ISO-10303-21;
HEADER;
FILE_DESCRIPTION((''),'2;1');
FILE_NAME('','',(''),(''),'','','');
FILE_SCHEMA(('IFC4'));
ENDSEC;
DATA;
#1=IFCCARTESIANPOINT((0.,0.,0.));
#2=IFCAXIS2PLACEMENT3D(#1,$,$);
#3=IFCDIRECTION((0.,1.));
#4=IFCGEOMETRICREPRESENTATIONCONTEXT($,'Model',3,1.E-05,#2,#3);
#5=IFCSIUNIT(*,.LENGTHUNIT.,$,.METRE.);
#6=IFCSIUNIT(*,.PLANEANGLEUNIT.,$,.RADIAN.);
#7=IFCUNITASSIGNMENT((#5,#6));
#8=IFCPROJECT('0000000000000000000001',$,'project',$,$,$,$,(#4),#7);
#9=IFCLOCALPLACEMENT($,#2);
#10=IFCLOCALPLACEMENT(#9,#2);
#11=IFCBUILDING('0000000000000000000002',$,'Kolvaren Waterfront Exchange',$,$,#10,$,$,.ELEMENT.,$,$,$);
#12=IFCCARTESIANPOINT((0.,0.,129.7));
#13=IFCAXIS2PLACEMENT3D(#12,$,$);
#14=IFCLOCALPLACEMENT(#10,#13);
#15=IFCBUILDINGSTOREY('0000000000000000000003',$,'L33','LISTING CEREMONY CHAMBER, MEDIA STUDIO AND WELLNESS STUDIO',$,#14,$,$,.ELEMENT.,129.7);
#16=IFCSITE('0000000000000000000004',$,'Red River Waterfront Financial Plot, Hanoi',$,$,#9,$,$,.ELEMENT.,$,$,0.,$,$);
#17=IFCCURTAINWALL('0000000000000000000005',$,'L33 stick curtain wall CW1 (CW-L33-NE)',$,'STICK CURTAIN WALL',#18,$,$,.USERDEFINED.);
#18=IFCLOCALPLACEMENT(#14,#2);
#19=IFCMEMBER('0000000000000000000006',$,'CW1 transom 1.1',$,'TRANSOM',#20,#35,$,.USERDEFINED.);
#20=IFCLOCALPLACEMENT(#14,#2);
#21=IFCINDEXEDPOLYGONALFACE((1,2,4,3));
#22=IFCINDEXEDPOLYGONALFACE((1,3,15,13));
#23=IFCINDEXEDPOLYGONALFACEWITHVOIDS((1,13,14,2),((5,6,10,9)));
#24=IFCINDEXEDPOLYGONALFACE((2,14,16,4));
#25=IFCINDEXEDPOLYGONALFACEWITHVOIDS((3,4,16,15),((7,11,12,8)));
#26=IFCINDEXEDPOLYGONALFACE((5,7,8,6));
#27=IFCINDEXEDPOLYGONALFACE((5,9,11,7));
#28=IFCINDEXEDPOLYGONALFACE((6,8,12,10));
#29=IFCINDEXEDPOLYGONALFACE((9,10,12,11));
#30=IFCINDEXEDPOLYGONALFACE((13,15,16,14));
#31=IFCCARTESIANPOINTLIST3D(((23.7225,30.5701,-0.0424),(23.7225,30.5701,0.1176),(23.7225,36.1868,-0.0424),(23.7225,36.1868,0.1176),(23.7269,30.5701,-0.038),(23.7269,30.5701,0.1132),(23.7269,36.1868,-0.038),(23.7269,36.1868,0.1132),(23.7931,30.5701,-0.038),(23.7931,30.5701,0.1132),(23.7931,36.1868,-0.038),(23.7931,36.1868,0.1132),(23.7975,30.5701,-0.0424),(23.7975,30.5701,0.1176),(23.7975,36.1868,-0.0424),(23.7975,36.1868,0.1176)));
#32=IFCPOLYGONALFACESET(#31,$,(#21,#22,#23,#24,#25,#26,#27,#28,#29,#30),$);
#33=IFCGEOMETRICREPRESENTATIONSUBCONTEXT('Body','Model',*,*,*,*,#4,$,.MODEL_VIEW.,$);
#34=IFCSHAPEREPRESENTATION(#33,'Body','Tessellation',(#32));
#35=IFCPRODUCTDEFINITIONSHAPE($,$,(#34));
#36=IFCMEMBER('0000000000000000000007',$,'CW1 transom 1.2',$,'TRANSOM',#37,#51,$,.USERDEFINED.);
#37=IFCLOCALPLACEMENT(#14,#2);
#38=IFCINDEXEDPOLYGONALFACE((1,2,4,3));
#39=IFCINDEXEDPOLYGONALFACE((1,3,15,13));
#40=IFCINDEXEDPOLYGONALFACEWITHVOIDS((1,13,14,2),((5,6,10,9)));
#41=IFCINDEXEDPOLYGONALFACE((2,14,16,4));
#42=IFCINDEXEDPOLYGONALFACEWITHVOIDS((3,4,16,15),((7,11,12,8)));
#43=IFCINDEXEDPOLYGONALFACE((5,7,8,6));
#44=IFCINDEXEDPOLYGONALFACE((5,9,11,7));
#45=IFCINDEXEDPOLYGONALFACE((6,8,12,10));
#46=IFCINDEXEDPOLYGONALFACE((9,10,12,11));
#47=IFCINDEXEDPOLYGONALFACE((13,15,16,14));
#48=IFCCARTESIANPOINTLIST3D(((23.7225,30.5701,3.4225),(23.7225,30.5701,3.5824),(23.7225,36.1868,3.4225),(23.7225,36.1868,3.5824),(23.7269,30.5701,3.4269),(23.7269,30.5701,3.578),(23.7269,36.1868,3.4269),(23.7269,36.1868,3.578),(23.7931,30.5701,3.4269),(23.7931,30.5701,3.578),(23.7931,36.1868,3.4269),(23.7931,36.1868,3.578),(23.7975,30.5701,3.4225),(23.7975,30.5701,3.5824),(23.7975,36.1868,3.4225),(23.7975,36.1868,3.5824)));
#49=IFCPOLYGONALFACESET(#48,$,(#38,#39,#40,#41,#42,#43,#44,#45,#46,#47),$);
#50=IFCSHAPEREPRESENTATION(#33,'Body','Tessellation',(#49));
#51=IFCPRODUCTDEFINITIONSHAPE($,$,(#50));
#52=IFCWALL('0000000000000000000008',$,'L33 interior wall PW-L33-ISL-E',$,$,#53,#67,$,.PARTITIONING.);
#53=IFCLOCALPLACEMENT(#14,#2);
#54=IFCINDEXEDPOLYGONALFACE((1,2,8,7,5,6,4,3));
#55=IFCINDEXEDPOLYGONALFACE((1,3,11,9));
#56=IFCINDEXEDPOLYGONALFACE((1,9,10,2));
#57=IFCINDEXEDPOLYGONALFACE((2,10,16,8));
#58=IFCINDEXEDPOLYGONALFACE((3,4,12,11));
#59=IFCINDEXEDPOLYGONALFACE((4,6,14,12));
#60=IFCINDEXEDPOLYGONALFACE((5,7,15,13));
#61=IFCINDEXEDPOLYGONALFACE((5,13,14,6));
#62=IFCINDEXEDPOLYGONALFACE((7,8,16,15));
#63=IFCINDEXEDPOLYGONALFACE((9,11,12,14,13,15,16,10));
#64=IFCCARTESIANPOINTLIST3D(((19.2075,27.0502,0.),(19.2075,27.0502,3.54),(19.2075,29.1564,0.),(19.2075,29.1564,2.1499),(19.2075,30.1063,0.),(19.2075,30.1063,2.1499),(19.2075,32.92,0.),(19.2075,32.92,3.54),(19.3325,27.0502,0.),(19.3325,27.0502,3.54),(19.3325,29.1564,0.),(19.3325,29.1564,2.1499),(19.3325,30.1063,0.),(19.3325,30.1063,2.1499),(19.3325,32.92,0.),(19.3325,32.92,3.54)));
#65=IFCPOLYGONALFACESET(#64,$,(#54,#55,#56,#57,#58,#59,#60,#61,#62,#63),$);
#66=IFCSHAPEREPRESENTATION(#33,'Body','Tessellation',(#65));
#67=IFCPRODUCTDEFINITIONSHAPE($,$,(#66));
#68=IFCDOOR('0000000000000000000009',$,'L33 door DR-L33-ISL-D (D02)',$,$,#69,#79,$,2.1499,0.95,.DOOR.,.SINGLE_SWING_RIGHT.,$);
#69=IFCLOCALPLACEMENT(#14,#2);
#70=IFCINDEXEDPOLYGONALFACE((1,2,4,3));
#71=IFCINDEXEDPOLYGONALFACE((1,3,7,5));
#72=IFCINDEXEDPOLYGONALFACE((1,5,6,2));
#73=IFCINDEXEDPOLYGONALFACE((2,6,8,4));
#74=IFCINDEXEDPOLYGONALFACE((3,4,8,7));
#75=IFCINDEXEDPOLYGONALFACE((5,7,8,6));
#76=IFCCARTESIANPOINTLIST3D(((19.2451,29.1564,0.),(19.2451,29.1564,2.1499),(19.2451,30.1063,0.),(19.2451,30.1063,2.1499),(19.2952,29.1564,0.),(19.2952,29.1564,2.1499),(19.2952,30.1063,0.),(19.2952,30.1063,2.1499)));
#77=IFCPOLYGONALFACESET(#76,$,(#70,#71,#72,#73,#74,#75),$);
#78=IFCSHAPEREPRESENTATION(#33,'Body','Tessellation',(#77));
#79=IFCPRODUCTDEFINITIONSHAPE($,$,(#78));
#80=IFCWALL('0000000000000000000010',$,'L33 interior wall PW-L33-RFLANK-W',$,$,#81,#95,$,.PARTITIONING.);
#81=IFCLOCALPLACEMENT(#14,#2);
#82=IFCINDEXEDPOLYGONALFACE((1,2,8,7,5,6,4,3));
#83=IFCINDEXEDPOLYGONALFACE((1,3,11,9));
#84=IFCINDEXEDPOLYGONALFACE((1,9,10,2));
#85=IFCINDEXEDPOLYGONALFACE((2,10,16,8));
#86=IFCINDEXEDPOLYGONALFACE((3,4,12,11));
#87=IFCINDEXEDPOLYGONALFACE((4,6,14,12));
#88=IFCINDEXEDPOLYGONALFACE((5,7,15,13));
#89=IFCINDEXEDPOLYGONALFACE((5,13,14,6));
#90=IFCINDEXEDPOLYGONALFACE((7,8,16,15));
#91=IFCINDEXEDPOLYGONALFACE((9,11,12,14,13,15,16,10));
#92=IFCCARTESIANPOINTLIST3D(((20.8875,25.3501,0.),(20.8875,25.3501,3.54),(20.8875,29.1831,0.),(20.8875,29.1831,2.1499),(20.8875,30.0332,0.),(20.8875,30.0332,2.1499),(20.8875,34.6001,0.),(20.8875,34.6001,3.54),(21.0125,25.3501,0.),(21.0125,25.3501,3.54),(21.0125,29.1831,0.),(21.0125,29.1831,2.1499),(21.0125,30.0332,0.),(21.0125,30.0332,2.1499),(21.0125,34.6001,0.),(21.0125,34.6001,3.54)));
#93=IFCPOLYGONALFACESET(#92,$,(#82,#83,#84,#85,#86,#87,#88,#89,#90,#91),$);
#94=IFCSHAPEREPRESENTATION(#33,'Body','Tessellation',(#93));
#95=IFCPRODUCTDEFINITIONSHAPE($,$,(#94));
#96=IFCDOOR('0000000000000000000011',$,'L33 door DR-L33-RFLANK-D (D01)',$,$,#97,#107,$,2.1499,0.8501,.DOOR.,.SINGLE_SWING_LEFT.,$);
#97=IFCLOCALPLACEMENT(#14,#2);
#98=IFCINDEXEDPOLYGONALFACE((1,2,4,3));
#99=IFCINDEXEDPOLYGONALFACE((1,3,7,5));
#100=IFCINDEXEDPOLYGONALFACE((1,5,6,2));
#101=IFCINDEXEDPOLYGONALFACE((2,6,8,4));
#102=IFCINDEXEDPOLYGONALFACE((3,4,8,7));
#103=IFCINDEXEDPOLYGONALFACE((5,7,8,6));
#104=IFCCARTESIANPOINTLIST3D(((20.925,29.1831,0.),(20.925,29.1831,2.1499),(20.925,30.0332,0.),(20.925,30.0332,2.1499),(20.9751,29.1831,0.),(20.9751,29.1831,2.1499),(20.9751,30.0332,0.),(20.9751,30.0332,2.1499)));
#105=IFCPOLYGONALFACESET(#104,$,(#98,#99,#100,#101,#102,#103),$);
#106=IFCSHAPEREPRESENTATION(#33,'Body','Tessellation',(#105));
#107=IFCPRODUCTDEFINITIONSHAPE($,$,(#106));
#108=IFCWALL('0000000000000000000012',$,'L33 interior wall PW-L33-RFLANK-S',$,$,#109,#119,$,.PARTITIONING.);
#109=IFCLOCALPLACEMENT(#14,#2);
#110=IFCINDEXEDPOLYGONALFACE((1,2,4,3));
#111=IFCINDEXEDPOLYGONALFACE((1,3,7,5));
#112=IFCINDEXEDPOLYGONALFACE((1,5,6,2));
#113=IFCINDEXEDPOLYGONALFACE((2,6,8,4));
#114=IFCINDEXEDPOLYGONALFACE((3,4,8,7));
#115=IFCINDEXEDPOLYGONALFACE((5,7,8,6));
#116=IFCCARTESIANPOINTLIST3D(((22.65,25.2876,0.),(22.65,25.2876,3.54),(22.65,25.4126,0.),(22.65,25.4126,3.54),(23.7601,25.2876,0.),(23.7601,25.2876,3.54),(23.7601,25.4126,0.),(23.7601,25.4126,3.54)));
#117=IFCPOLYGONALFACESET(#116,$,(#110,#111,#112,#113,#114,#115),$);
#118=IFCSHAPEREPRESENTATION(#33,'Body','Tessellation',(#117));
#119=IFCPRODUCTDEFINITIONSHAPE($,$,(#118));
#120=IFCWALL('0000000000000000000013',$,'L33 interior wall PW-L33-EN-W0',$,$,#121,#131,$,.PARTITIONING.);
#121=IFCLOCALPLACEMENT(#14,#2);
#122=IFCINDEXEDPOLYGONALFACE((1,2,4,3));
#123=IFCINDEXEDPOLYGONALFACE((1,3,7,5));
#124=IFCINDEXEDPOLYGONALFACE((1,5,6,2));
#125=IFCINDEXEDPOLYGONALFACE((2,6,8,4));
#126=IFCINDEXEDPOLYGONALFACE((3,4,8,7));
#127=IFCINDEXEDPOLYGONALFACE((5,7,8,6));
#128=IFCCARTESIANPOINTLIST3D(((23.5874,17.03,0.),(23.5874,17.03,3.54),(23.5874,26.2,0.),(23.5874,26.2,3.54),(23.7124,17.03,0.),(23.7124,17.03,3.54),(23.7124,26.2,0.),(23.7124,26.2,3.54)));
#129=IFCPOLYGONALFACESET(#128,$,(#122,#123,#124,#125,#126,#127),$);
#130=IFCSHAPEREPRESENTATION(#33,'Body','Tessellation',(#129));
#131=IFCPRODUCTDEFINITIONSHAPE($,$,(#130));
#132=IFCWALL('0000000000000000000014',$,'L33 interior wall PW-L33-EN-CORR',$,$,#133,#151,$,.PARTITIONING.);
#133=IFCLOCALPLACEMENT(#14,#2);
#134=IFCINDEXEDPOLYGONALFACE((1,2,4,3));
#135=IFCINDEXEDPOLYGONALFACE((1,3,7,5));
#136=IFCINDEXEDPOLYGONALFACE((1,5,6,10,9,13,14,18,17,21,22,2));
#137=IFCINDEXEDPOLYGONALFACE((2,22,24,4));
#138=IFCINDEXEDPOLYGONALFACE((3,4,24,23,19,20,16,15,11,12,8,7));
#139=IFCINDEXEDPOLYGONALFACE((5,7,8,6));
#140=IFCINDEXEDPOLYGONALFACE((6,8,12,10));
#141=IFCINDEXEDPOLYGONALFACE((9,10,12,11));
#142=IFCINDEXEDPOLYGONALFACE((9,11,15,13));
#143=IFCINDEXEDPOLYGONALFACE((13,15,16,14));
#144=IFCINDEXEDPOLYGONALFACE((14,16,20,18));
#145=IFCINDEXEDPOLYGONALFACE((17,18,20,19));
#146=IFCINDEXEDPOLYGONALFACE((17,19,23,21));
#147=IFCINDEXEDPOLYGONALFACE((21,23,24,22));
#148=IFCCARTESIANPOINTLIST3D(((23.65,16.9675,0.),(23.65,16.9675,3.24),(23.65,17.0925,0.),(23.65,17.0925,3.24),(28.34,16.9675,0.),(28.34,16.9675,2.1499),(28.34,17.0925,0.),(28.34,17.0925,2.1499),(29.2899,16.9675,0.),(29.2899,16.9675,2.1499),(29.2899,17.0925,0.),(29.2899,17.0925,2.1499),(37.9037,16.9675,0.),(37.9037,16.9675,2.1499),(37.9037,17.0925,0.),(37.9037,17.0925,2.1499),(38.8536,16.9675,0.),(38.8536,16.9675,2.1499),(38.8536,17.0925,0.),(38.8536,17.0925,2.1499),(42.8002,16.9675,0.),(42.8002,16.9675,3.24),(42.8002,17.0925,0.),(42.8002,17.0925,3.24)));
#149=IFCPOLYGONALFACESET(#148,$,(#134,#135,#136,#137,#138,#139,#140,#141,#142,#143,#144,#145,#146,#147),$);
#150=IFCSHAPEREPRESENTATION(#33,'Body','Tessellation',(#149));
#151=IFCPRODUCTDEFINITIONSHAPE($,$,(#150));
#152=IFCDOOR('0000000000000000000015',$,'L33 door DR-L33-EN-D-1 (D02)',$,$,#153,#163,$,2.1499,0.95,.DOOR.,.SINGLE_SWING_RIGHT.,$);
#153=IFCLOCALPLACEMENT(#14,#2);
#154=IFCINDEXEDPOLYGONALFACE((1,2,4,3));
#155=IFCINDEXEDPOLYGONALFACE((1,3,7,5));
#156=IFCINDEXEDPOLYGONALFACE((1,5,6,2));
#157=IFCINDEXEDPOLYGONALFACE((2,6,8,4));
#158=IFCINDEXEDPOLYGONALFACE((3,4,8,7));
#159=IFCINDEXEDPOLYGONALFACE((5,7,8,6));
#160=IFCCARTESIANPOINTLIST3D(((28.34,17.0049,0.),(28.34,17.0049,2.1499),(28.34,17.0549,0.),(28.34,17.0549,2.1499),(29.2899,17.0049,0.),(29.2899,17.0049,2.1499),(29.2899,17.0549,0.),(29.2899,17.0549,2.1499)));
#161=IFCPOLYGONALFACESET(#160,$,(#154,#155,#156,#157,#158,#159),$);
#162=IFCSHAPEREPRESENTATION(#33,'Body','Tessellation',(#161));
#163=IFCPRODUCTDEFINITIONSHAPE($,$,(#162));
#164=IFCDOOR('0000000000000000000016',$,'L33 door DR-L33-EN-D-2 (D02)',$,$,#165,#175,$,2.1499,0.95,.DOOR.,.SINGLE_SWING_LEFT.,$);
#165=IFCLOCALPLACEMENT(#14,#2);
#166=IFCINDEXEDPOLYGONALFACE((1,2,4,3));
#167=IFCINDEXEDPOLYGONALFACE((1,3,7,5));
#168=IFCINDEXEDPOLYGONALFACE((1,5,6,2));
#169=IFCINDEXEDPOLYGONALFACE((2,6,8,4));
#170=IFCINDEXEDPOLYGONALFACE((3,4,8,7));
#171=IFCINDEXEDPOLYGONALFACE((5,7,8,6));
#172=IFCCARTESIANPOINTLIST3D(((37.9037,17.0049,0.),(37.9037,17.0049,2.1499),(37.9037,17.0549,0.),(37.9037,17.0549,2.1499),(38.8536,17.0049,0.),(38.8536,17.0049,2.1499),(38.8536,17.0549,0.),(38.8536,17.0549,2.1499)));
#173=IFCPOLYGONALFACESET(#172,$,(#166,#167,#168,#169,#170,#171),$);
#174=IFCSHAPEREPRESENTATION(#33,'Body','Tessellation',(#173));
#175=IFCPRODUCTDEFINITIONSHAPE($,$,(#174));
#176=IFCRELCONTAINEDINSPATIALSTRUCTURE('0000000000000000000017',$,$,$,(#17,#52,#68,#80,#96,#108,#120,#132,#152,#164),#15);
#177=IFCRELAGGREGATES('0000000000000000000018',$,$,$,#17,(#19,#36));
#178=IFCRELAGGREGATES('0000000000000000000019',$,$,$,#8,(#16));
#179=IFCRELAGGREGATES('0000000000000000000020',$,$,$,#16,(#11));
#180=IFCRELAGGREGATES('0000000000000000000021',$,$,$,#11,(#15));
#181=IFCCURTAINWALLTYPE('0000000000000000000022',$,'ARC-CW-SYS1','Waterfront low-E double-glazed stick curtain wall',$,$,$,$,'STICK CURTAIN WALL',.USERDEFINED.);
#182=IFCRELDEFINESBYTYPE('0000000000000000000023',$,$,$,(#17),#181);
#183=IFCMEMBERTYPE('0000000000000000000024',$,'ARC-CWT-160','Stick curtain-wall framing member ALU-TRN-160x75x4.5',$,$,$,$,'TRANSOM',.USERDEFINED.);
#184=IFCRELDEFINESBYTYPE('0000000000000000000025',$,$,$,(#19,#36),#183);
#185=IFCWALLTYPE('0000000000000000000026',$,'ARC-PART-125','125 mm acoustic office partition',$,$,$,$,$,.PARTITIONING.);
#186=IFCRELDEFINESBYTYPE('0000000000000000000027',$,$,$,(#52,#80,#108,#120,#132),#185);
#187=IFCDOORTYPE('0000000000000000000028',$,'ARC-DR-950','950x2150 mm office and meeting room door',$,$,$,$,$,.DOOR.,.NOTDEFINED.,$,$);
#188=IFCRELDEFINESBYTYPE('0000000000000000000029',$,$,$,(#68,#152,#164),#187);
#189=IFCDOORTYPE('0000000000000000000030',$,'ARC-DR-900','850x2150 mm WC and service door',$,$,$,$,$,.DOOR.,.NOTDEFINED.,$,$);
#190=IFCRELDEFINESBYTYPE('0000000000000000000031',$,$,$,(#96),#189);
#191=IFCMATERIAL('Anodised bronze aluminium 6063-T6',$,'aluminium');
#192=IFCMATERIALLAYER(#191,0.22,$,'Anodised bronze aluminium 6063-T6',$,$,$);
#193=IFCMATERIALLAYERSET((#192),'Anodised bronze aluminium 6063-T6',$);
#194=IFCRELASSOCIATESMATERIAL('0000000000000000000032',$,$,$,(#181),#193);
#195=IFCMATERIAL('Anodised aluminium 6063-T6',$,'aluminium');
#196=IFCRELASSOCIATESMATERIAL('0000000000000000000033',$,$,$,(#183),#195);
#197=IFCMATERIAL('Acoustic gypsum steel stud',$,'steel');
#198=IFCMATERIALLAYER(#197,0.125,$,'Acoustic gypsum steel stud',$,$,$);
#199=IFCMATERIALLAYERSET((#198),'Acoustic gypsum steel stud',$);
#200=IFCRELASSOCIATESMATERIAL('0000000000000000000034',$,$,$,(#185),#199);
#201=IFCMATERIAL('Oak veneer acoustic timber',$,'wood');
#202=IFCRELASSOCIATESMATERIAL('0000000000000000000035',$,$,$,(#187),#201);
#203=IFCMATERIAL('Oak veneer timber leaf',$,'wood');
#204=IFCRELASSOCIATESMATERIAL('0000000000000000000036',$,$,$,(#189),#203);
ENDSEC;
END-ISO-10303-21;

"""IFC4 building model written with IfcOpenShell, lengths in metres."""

from ifc_helpers import new_model, si_unit, direction, frame, frame_2d, origin, origin_with_axes, origin_2d, place, context, subcontext, project, spatial, rectangle, hollow_rectangle, extrude, source, transform, mapped, material, layer, layer_set, material_profile, profile_set, type_object, element, fill, aggregate, save


model = new_model("IFC4")

# Units and contexts
model_context = context("Model", 3, precision=1e-05, world=origin(), true_north=direction((0.0, 1.0)))
body_context = subcontext(model_context, "Body", "Model", "MODEL_VIEW")
ifc_project = project(units=[si_unit("LENGTHUNIT", "METRE"), si_unit("PLANEANGLEUNIT", "RADIAN")], contexts=[model_context])

# Site, building, storey
site_placement = place(None, origin())
site = spatial("IfcSite", under=ifc_project, at=site_placement, Name="Red River Waterfront Financial Plot, Hanoi", CompositionType="ELEMENT", RefElevation=0.0)
building_placement = place(site_placement, origin())
building = spatial("IfcBuilding", under=site, at=building_placement, Name="Kolvaren Waterfront Exchange", CompositionType="ELEMENT")
storey_placement = place(building_placement, frame((0.0, 0.0, 129.7)))
storey = spatial("IfcBuildingStorey", under=building, at=storey_placement, Name="L33", Description="LISTING CEREMONY CHAMBER, MEDIA STUDIO AND WELLNESS STUDIO", CompositionType="ELEMENT", Elevation=129.7)

# Curtain wall, members
ifc_material_1 = material(Name="Anodised bronze aluminium 6063-T6", Category="aluminium")
ifc_layer_1 = layer(ifc_material_1, 0.22, Name="Anodised bronze aluminium 6063-T6")
ifc_layer_set_1 = layer_set([ifc_layer_1], Name="Anodised bronze aluminium 6063-T6")
curtain_wall_type = type_object("IfcCurtainWallType", Name="ARC-CW-SYS1", Description="Waterfront low-E double-glazed stick curtain wall", ElementType="STICK CURTAIN WALL", PredefinedType="USERDEFINED", material=ifc_layer_set_1)
curtain_wall_placement = place(storey_placement, origin())
curtain_wall = element("IfcCurtainWall", 1, at=curtain_wall_placement, inside=storey, type_object=curtain_wall_type, Name="L33 stick curtain wall CW1 (CW-L33-NE)", ObjectType="STICK CURTAIN WALL", PredefinedType="USERDEFINED")
ifc_material_2 = material(Name="Anodised aluminium 6063-T6", Category="aluminium")
ifc_material_profile_1 = material_profile(ifc_material_2, hollow_rectangle(XDim=0.075, YDim=0.1599, WallThickness=0.0044, at=origin_2d()), Name="ALU-TRN-160x75x4.5")
ifc_profile_set_1 = profile_set([ifc_material_profile_1], Name="Anodised aluminium 6063-T6")
member_type_1 = type_object("IfcMemberType", Name="ARC-CWT-160", Description="Stick curtain-wall framing member ALU-TRN-160x75x4.5", ElementType="TRANSOM", PredefinedType="USERDEFINED", material=ifc_profile_set_1)
shared_shape_1 = source(origin_with_axes(), body_context, "Body", "SweptSolid", [
    extrude(hollow_rectangle(XDim=0.075, YDim=0.1599, WallThickness=0.0044, at=origin_2d()), origin(), (0.0, 0.0, 1.0), 5.6167),
])
member_1_placement = place(storey_placement, frame((23.76, 30.5701, 0.0376), z_axis=(0.0, 1.0, 0.0), x_axis=(-1.0, 0.0, 0.0)))
member_1 = element("IfcMember", 2, at=member_1_placement, type_object=member_type_1, Name="CW1 transom 1.1", ObjectType="TRANSOM", PredefinedType="USERDEFINED", context=body_context, shape_type="MappedRepresentation", body=[
    mapped(shared_shape_1, transform((0.0, 0.0, 0.0), x_axis=(1.0, 0.0, 0.0), y_axis=(0.0, 1.0, 0.0), z_axis=(0.0, 0.0, 1.0), scale=1.0)),
])
member_2_placement = place(storey_placement, frame((23.76, 30.5701, 3.5024), z_axis=(0.0, 1.0, 0.0), x_axis=(-1.0, 0.0, 0.0)))
member_2 = element("IfcMember", 3, at=member_2_placement, type_object=member_type_1, Name="CW1 transom 1.2", ObjectType="TRANSOM", PredefinedType="USERDEFINED", context=body_context, shape_type="MappedRepresentation", body=[
    mapped(shared_shape_1, transform((0.0, 0.0, 0.0), x_axis=(1.0, 0.0, 0.0), y_axis=(0.0, 1.0, 0.0), z_axis=(0.0, 0.0, 1.0), scale=1.0)),
])
aggregate(curtain_wall, [member_1, member_2])

# Walls, openings, doors
ifc_material_3 = material(Name="Acoustic gypsum steel stud", Category="steel")
ifc_layer_2 = layer(ifc_material_3, 0.125, Name="Acoustic gypsum steel stud")
ifc_layer_set_2 = layer_set([ifc_layer_2], Name="Acoustic gypsum steel stud")
wall_type_1 = type_object("IfcWallType", Name="ARC-PART-125", Description="125 mm acoustic office partition", PredefinedType="PARTITIONING", material=ifc_layer_set_2)
wall_1_placement = place(storey_placement, frame((19.27, 27.05, 0.0), z_axis=(0.0, 0.0, 1.0), x_axis=(0.0, 1.0, 0.0)))
wall_1 = element("IfcWall", 4, at=wall_1_placement, inside=storey, type_object=wall_type_1, Name="L33 interior wall PW-L33-ISL-E", PredefinedType="PARTITIONING", context=body_context, shape_type="SweptSolid", body=[
    extrude(rectangle(XDim=5.8699, YDim=0.125, at=frame_2d((2.9351, 0.0))), origin(), (0.0, 0.0, 1.0), 3.54),
])
opening_1_placement = place(wall_1_placement, frame((2.1062, 0.0, 0.0)))
opening_1 = element("IfcOpeningElement", 5, at=opening_1_placement, cuts=wall_1, PredefinedType="OPENING", context=body_context, shape_type="SweptSolid", body=[
    extrude(rectangle(XDim=0.95, YDim=2.1499, at=frame_2d((0.4751, 1.075))), frame((0.0, 0.0725, 0.0), z_axis=(0.0, -1.0, 0.0), x_axis=(1.0, 0.0, 0.0)), (0.0, 0.0, 1.0), 0.145),
])
ifc_material_4 = material(Name="Oak veneer acoustic timber", Category="wood")
door_type_1 = type_object("IfcDoorType", Name="ARC-DR-950", Description="950x2150 mm office and meeting room door", OperationType="NOTDEFINED", PredefinedType="DOOR", material=ifc_material_4)
door_1_placement = place(opening_1_placement, origin())
door_1 = element("IfcDoor", 6, at=door_1_placement, inside=storey, type_object=door_type_1, Name="L33 door DR-L33-ISL-D (D02)", OperationType="SINGLE_SWING_RIGHT", OverallHeight=2.1499, OverallWidth=0.95, PredefinedType="DOOR", context=body_context, shape_type="SweptSolid", body=[
    extrude(rectangle(XDim=0.95, YDim=2.1499, at=frame_2d((0.4751, 1.075))), frame((0.0, 0.0249, 0.0), z_axis=(0.0, -1.0, 0.0), x_axis=(1.0, 0.0, 0.0)), (0.0, 0.0, 1.0), 0.05),
])
fill(opening_1, door_1)
wall_2_placement = place(storey_placement, frame((20.95, 25.3501, 0.0), z_axis=(0.0, 0.0, 1.0), x_axis=(0.0, 1.0, 0.0)))
wall_2 = element("IfcWall", 7, at=wall_2_placement, inside=storey, type_object=wall_type_1, Name="L33 interior wall PW-L33-RFLANK-W", PredefinedType="PARTITIONING", context=body_context, shape_type="SweptSolid", body=[
    extrude(rectangle(XDim=9.25, YDim=0.125, at=frame_2d((4.625, 0.0))), origin(), (0.0, 0.0, 1.0), 3.54),
])
opening_2_placement = place(wall_2_placement, frame((3.833, 0.0, 0.0)))
opening_2 = element("IfcOpeningElement", 8, at=opening_2_placement, cuts=wall_2, PredefinedType="OPENING", context=body_context, shape_type="SweptSolid", body=[
    extrude(rectangle(XDim=0.8501, YDim=2.1499, at=frame_2d((0.425, 1.075))), frame((0.0, 0.0725, 0.0), z_axis=(0.0, -1.0, 0.0), x_axis=(1.0, 0.0, 0.0)), (0.0, 0.0, 1.0), 0.145),
])
ifc_material_5 = material(Name="Oak veneer timber leaf", Category="wood")
door_type_2 = type_object("IfcDoorType", Name="ARC-DR-900", Description="850x2150 mm WC and service door", OperationType="NOTDEFINED", PredefinedType="DOOR", material=ifc_material_5)
door_2_placement = place(opening_2_placement, origin())
door_2 = element("IfcDoor", 9, at=door_2_placement, inside=storey, type_object=door_type_2, Name="L33 door DR-L33-RFLANK-D (D01)", OperationType="SINGLE_SWING_LEFT", OverallHeight=2.1499, OverallWidth=0.8501, PredefinedType="DOOR", context=body_context, shape_type="SweptSolid", body=[
    extrude(rectangle(XDim=0.8501, YDim=2.1499, at=frame_2d((0.425, 1.075))), frame((0.0, 0.0249, 0.0), z_axis=(0.0, -1.0, 0.0), x_axis=(1.0, 0.0, 0.0)), (0.0, 0.0, 1.0), 0.05),
])
fill(opening_2, door_2)

# Walls
wall_3_placement = place(storey_placement, frame((22.6499, 25.3501, 0.0), z_axis=(0.0, 0.0, 1.0), x_axis=(1.0, 0.0, 0.0)))
element("IfcWall", 10, at=wall_3_placement, inside=storey, type_object=wall_type_1, Name="L33 interior wall PW-L33-RFLANK-S", PredefinedType="PARTITIONING", context=body_context, shape_type="SweptSolid", body=[
    extrude(rectangle(XDim=1.1101, YDim=0.125, at=frame_2d((0.5552, 0.0))), origin(), (0.0, 0.0, 1.0), 3.54),
])
wall_4_placement = place(storey_placement, frame((23.6499, 17.03, 0.0), z_axis=(0.0, 0.0, 1.0), x_axis=(0.0, 1.0, 0.0)))
element("IfcWall", 11, at=wall_4_placement, inside=storey, type_object=wall_type_1, Name="L33 interior wall PW-L33-EN-W0", PredefinedType="PARTITIONING", context=body_context, shape_type="SweptSolid", body=[
    extrude(rectangle(XDim=9.1699, YDim=0.125, at=frame_2d((4.585, 0.0))), origin(), (0.0, 0.0, 1.0), 3.54),
])

# Wall, openings, doors
wall_5_placement = place(storey_placement, frame((23.6499, 17.03, 0.0), z_axis=(0.0, 0.0, 1.0), x_axis=(1.0, 0.0, 0.0)))
wall_5 = element("IfcWall", 12, at=wall_5_placement, inside=storey, type_object=wall_type_1, Name="L33 interior wall PW-L33-EN-CORR", PredefinedType="PARTITIONING", context=body_context, shape_type="SweptSolid", body=[
    extrude(rectangle(XDim=19.1501, YDim=0.125, at=frame_2d((9.5752, 0.0))), origin(), (0.0, 0.0, 1.0), 3.24),
])
opening_3_placement = place(wall_5_placement, frame((4.6899, 0.0, 0.0)))
opening_3 = element("IfcOpeningElement", 13, at=opening_3_placement, cuts=wall_5, PredefinedType="OPENING", context=body_context, shape_type="SweptSolid", body=[
    extrude(rectangle(XDim=0.95, YDim=2.1499, at=frame_2d((0.4751, 1.075))), frame((0.0, 0.0725, 0.0), z_axis=(0.0, -1.0, 0.0), x_axis=(1.0, 0.0, 0.0)), (0.0, 0.0, 1.0), 0.145),
])
opening_4_placement = place(wall_5_placement, frame((14.2537, 0.0, 0.0)))
opening_4 = element("IfcOpeningElement", 14, at=opening_4_placement, cuts=wall_5, PredefinedType="OPENING", context=body_context, shape_type="SweptSolid", body=[
    extrude(rectangle(XDim=0.95, YDim=2.1499, at=frame_2d((0.4751, 1.075))), frame((0.0, 0.0725, 0.0), z_axis=(0.0, -1.0, 0.0), x_axis=(1.0, 0.0, 0.0)), (0.0, 0.0, 1.0), 0.145),
])
door_3_placement = place(opening_3_placement, origin())
door_3 = element("IfcDoor", 15, at=door_3_placement, inside=storey, type_object=door_type_1, Name="L33 door DR-L33-EN-D-1 (D02)", OperationType="SINGLE_SWING_RIGHT", OverallHeight=2.1499, OverallWidth=0.95, PredefinedType="DOOR", context=body_context, shape_type="SweptSolid", body=[
    extrude(rectangle(XDim=0.95, YDim=2.1499, at=frame_2d((0.4751, 1.075))), frame((0.0, 0.0249, 0.0), z_axis=(0.0, -1.0, 0.0), x_axis=(1.0, 0.0, 0.0)), (0.0, 0.0, 1.0), 0.05),
])
fill(opening_3, door_3)
door_4_placement = place(opening_4_placement, origin())
door_4 = element("IfcDoor", 16, at=door_4_placement, inside=storey, type_object=door_type_1, Name="L33 door DR-L33-EN-D-2 (D02)", OperationType="SINGLE_SWING_LEFT", OverallHeight=2.1499, OverallWidth=0.95, PredefinedType="DOOR", context=body_context, shape_type="SweptSolid", body=[
    extrude(rectangle(XDim=0.95, YDim=2.1499, at=frame_2d((0.4751, 1.075))), frame((0.0, 0.0249, 0.0), z_axis=(0.0, -1.0, 0.0), x_axis=(1.0, 0.0, 0.0)), (0.0, 0.0, 1.0), 0.05),
])
fill(opening_4, door_4)

save(model, "model.ifc")
